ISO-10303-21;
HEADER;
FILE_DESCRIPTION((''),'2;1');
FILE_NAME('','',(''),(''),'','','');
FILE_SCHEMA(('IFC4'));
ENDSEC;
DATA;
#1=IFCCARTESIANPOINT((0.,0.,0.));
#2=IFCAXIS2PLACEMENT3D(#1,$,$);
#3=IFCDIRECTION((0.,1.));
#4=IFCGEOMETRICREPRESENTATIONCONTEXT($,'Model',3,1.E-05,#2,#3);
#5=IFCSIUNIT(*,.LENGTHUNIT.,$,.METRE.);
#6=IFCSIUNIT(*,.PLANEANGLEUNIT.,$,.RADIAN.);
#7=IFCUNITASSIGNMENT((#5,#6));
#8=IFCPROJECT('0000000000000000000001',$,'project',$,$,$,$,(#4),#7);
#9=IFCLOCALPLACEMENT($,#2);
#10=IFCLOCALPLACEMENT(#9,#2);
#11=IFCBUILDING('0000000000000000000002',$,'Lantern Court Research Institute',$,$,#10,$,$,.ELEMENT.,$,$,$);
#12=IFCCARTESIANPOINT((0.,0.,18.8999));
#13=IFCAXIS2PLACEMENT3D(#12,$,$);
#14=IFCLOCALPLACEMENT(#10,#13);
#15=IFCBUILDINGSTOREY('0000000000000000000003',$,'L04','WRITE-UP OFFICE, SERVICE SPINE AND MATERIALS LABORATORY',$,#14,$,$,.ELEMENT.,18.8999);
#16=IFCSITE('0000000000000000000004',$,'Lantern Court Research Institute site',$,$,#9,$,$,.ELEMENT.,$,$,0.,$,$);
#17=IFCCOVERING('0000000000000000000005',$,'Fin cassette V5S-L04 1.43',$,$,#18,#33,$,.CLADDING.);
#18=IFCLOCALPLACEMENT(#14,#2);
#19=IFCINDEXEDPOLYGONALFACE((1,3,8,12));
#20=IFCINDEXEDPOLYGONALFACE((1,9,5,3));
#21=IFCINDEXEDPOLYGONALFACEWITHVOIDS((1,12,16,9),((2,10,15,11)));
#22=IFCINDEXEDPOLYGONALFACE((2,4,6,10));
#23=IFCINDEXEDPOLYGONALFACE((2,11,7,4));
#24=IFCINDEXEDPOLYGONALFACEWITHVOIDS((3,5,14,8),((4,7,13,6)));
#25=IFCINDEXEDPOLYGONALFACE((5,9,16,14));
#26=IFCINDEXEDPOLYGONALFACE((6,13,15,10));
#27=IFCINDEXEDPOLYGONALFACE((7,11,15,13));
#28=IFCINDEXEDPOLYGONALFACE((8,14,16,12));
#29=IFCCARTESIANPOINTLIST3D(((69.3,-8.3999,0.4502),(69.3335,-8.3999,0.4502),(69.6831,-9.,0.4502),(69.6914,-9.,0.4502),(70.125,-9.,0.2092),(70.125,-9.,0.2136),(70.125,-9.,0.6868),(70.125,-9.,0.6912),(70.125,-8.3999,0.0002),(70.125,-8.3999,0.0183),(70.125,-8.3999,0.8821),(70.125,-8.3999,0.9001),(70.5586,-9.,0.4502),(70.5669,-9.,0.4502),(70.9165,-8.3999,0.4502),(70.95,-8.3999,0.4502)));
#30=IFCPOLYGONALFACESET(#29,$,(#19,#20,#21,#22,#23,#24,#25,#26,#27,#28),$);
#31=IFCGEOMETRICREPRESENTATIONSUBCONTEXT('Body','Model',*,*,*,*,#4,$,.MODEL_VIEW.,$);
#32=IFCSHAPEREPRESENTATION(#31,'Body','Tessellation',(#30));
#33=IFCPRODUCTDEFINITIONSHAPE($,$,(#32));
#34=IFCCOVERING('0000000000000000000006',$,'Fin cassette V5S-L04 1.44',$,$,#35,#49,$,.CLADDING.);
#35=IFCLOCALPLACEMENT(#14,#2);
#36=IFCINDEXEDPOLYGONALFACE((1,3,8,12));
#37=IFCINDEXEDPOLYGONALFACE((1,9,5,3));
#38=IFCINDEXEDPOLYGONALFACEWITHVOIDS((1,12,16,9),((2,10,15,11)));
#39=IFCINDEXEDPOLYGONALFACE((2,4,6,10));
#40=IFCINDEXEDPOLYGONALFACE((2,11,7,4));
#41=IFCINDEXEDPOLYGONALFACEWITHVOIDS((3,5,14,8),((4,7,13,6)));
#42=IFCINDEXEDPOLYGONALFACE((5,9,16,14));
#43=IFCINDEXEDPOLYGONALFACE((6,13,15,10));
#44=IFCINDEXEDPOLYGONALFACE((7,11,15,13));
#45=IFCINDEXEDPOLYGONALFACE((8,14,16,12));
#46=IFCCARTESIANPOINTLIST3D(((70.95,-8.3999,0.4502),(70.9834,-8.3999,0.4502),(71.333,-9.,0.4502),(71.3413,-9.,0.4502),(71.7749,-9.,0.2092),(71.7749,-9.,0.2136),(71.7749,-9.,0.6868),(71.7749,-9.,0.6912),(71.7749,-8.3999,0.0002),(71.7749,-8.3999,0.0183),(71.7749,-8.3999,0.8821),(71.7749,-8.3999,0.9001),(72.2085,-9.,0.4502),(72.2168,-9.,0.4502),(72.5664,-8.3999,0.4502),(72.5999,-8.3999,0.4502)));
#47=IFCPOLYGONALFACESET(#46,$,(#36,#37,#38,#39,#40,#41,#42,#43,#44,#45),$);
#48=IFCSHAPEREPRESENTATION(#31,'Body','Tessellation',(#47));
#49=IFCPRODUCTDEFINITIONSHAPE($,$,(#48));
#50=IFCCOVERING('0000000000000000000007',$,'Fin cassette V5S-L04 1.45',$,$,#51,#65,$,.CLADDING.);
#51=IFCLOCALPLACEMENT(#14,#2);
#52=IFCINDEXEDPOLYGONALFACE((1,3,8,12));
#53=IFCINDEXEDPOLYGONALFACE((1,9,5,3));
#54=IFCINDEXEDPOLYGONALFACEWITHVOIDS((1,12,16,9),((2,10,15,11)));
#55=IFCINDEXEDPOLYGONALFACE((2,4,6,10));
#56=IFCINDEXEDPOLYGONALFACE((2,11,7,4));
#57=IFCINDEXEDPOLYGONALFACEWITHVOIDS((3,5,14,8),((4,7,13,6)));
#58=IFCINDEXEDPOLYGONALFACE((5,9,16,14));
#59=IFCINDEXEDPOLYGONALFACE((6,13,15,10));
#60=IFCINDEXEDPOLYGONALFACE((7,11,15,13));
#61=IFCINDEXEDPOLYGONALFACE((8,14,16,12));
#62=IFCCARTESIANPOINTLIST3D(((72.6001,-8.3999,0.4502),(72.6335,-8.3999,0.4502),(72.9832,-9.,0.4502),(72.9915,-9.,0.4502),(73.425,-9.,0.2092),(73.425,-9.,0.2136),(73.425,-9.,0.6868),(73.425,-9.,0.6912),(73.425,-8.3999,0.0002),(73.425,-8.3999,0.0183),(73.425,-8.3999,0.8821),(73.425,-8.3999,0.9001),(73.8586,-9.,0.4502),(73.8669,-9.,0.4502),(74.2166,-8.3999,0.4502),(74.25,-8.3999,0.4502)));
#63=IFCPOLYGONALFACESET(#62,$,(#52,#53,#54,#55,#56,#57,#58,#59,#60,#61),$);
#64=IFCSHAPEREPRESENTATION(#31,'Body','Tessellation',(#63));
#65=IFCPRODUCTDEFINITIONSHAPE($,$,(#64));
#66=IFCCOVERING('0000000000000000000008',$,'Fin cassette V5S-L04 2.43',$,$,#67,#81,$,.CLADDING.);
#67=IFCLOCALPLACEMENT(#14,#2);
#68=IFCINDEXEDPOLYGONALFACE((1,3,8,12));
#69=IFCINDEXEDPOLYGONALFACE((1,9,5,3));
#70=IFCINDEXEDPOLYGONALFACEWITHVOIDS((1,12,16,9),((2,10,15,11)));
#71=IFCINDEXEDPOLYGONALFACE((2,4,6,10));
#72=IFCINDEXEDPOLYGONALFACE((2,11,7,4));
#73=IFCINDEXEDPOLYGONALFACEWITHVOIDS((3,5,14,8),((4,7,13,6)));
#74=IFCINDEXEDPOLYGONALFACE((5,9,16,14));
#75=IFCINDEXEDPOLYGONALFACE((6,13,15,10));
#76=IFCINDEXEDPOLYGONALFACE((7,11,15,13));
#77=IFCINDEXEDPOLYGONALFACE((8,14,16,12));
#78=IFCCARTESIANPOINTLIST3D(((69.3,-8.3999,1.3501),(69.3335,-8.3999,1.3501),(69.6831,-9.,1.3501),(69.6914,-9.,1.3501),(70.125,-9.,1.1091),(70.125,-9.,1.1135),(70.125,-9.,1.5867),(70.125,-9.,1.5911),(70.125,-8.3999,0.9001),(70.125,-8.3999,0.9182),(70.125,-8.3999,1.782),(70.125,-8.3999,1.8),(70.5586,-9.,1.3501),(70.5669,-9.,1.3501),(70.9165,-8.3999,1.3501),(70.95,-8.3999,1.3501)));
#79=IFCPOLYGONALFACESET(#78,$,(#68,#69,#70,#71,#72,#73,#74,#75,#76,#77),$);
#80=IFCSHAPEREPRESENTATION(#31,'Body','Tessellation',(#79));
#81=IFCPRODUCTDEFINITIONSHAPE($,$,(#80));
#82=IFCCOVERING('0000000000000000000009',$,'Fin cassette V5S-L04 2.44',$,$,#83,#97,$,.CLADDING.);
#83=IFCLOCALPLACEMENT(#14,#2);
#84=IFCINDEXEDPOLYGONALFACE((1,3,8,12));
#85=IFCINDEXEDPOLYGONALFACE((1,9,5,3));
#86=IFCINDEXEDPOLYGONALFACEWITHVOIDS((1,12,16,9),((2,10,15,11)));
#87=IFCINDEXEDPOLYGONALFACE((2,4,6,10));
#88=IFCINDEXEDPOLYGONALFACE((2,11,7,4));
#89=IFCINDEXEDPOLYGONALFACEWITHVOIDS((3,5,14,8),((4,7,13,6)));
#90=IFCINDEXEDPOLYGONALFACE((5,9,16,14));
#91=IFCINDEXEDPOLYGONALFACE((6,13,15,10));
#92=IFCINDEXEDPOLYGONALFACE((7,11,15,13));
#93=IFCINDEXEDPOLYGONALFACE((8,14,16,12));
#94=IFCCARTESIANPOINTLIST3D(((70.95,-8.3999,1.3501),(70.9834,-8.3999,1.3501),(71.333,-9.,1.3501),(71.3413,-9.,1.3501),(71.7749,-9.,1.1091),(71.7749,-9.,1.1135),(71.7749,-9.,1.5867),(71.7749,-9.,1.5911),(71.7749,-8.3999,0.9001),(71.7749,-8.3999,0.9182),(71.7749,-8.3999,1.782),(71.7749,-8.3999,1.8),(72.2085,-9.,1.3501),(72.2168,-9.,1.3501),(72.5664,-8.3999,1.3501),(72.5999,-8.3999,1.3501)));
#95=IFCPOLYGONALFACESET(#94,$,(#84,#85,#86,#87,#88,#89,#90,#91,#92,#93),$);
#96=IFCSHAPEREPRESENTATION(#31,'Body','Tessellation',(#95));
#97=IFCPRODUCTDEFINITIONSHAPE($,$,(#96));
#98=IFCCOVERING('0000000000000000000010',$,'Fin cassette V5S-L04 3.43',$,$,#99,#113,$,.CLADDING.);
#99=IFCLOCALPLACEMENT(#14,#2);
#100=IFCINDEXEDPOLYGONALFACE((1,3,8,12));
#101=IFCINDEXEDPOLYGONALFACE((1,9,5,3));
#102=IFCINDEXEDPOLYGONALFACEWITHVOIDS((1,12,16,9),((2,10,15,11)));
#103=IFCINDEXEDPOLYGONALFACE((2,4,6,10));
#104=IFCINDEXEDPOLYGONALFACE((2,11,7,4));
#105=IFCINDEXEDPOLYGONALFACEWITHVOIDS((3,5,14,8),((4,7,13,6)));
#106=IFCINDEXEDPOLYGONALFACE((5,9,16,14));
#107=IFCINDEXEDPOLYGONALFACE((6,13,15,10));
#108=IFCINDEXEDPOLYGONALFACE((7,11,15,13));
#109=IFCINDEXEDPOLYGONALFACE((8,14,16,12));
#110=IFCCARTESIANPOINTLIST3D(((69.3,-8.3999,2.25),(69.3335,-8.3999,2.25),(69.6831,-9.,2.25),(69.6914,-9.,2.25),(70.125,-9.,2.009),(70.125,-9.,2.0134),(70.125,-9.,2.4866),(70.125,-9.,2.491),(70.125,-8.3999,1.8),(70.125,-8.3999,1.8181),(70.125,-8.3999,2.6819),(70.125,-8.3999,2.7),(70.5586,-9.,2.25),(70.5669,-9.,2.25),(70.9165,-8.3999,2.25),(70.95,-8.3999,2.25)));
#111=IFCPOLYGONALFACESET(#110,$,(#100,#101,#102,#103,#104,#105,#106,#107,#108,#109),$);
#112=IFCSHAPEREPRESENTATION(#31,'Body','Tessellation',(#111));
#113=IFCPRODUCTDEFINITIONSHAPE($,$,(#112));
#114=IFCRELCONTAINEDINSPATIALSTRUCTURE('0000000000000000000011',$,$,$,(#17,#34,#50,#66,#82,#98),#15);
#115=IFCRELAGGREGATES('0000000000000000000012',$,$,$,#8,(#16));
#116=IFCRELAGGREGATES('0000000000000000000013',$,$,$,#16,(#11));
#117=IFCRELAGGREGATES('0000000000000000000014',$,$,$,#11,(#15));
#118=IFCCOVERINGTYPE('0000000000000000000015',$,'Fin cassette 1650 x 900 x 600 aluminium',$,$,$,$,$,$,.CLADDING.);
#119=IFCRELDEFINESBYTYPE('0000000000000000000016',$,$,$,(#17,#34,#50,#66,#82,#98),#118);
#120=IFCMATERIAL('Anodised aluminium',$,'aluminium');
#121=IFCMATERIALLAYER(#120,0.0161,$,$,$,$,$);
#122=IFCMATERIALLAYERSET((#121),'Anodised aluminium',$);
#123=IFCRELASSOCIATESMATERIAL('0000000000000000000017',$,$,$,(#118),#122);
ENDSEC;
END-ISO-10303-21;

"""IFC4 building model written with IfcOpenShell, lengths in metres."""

from ifc_helpers import new_model, entity, si_unit, direction, frame, origin, place, context, subcontext, project, spatial, material, layer, layer_set, type_object, element, save


model = new_model("IFC4")

# Units and contexts
model_context = context("Model", 3, precision=1e-05, world=origin(), true_north=direction((0.0, 1.0)))
body_context = subcontext(model_context, "Body", "Model", "MODEL_VIEW")
ifc_project = project(units=[si_unit("LENGTHUNIT", "METRE"), si_unit("PLANEANGLEUNIT", "RADIAN")], contexts=[model_context])

# Site, building, storey
site_placement = place(None, origin())
site = spatial("IfcSite", under=ifc_project, at=site_placement, Name="Lantern Court Research Institute site", CompositionType="ELEMENT", RefElevation=0.0)
building_placement = place(site_placement, origin())
building = spatial("IfcBuilding", under=site, at=building_placement, Name="Lantern Court Research Institute", CompositionType="ELEMENT")
storey_placement = place(building_placement, frame((0.0, 0.0, 18.8999)))
storey = spatial("IfcBuildingStorey", under=building, at=storey_placement, Name="L04", Description="WRITE-UP OFFICE, SERVICE SPINE AND MATERIALS LABORATORY", CompositionType="ELEMENT", Elevation=18.8999)

# Coverings
ifc_material_1 = material(Name="Anodised aluminium", Category="aluminium")
ifc_layer_1 = layer(ifc_material_1, 0.0161)
ifc_layer_set_1 = layer_set([ifc_layer_1], Name="Anodised aluminium")
covering_type = type_object("IfcCoveringType", Name="Fin cassette 1650 x 900 x 600 aluminium", PredefinedType="CLADDING", material=ifc_layer_set_1)
covering_1_placement = place(storey_placement, frame((70.125, -8.3999, 0.4502), z_axis=(0.0, -1.0, 0.0), x_axis=(1.0, 0.0, 0.0)))
cartesian_point_1 = entity("IfcCartesianPoint", [0.825, 0.0])
cartesian_point_2 = entity("IfcCartesianPoint", [0.7915, 0.0])
cartesian_point_3 = entity("IfcCartesianPoint", [0.4419, 0.0])
cartesian_point_4 = entity("IfcCartesianPoint", [0.4336, 0.0])
element("IfcCovering", 1, at=covering_1_placement, inside=storey, type_object=covering_type, Name="Fin cassette V5S-L04 1.43", PredefinedType="CLADDING", context=body_context, shape_type="SweptSolid", body=[
    entity("IfcExtrudedAreaSolidTapered", entity("IfcArbitraryProfileDefWithVoids", "AREA", None, entity("IfcPolyline", [cartesian_point_1, entity("IfcCartesianPoint", [0.0, 0.45]), entity("IfcCartesianPoint", [-0.825, 0.0]), entity("IfcCartesianPoint", [0.0, -0.45]), cartesian_point_1]), [entity("IfcPolyline", [cartesian_point_2, entity("IfcCartesianPoint", [0.0, 0.4319]), entity("IfcCartesianPoint", [-0.7915, 0.0]), entity("IfcCartesianPoint", [0.0, -0.4319]), cartesian_point_2])]), entity("IfcAxis2Placement3D", entity("IfcCartesianPoint", [0.0, 0.0, 0.0])), entity("IfcDirection", [0.0, 0.0, 1.0]), 0.6001, entity("IfcArbitraryProfileDefWithVoids", "AREA", None, entity("IfcPolyline", [cartesian_point_3, entity("IfcCartesianPoint", [0.0, 0.241]), entity("IfcCartesianPoint", [-0.4419, 0.0]), entity("IfcCartesianPoint", [0.0, -0.241]), cartesian_point_3]), [entity("IfcPolyline", [cartesian_point_4, entity("IfcCartesianPoint", [0.0, 0.2366]), entity("IfcCartesianPoint", [-0.4336, 0.0]), entity("IfcCartesianPoint", [0.0, -0.2366]), cartesian_point_4])])),
])
covering_2_placement = place(storey_placement, frame((71.7749, -8.3999, 0.4502), z_axis=(0.0, -1.0, 0.0), x_axis=(1.0, 0.0, 0.0)))
cartesian_point_5 = entity("IfcCartesianPoint", [0.825, 0.0])
cartesian_point_6 = entity("IfcCartesianPoint", [0.7915, 0.0])
cartesian_point_7 = entity("IfcCartesianPoint", [0.4419, 0.0])
cartesian_point_8 = entity("IfcCartesianPoint", [0.4336, 0.0])
element("IfcCovering", 2, at=covering_2_placement, inside=storey, type_object=covering_type, Name="Fin cassette V5S-L04 1.44", PredefinedType="CLADDING", context=body_context, shape_type="SweptSolid", body=[
    entity("IfcExtrudedAreaSolidTapered", entity("IfcArbitraryProfileDefWithVoids", "AREA", None, entity("IfcPolyline", [cartesian_point_5, entity("IfcCartesianPoint", [0.0, 0.45]), entity("IfcCartesianPoint", [-0.825, 0.0]), entity("IfcCartesianPoint", [0.0, -0.45]), cartesian_point_5]), [entity("IfcPolyline", [cartesian_point_6, entity("IfcCartesianPoint", [0.0, 0.4319]), entity("IfcCartesianPoint", [-0.7915, 0.0]), entity("IfcCartesianPoint", [0.0, -0.4319]), cartesian_point_6])]), entity("IfcAxis2Placement3D", entity("IfcCartesianPoint", [0.0, 0.0, 0.0])), entity("IfcDirection", [0.0, 0.0, 1.0]), 0.6001, entity("IfcArbitraryProfileDefWithVoids", "AREA", None, entity("IfcPolyline", [cartesian_point_7, entity("IfcCartesianPoint", [0.0, 0.241]), entity("IfcCartesianPoint", [-0.4419, 0.0]), entity("IfcCartesianPoint", [0.0, -0.241]), cartesian_point_7]), [entity("IfcPolyline", [cartesian_point_8, entity("IfcCartesianPoint", [0.0, 0.2366]), entity("IfcCartesianPoint", [-0.4336, 0.0]), entity("IfcCartesianPoint", [0.0, -0.2366]), cartesian_point_8])])),
])
covering_3_placement = place(storey_placement, frame((73.425, -8.3999, 0.4502), z_axis=(0.0, -1.0, 0.0), x_axis=(1.0, 0.0, 0.0)))
cartesian_point_9 = entity("IfcCartesianPoint", [0.825, 0.0])
cartesian_point_10 = entity("IfcCartesianPoint", [0.7915, 0.0])
cartesian_point_11 = entity("IfcCartesianPoint", [0.4419, 0.0])
cartesian_point_12 = entity("IfcCartesianPoint", [0.4336, 0.0])
element("IfcCovering", 3, at=covering_3_placement, inside=storey, type_object=covering_type, Name="Fin cassette V5S-L04 1.45", PredefinedType="CLADDING", context=body_context, shape_type="SweptSolid", body=[
    entity("IfcExtrudedAreaSolidTapered", entity("IfcArbitraryProfileDefWithVoids", "AREA", None, entity("IfcPolyline", [cartesian_point_9, entity("IfcCartesianPoint", [0.0, 0.45]), entity("IfcCartesianPoint", [-0.825, 0.0]), entity("IfcCartesianPoint", [0.0, -0.45]), cartesian_point_9]), [entity("IfcPolyline", [cartesian_point_10, entity("IfcCartesianPoint", [0.0, 0.4319]), entity("IfcCartesianPoint", [-0.7915, 0.0]), entity("IfcCartesianPoint", [0.0, -0.4319]), cartesian_point_10])]), entity("IfcAxis2Placement3D", entity("IfcCartesianPoint", [0.0, 0.0, 0.0])), entity("IfcDirection", [0.0, 0.0, 1.0]), 0.6001, entity("IfcArbitraryProfileDefWithVoids", "AREA", None, entity("IfcPolyline", [cartesian_point_11, entity("IfcCartesianPoint", [0.0, 0.241]), entity("IfcCartesianPoint", [-0.4419, 0.0]), entity("IfcCartesianPoint", [0.0, -0.241]), cartesian_point_11]), [entity("IfcPolyline", [cartesian_point_12, entity("IfcCartesianPoint", [0.0, 0.2366]), entity("IfcCartesianPoint", [-0.4336, 0.0]), entity("IfcCartesianPoint", [0.0, -0.2366]), cartesian_point_12])])),
])
covering_4_placement = place(storey_placement, frame((70.125, -8.3999, 1.3501), z_axis=(0.0, -1.0, 0.0), x_axis=(1.0, 0.0, 0.0)))
cartesian_point_13 = entity("IfcCartesianPoint", [0.825, 0.0])
cartesian_point_14 = entity("IfcCartesianPoint", [0.7915, 0.0])
cartesian_point_15 = entity("IfcCartesianPoint", [0.4419, 0.0])
cartesian_point_16 = entity("IfcCartesianPoint", [0.4336, 0.0])
element("IfcCovering", 4, at=covering_4_placement, inside=storey, type_object=covering_type, Name="Fin cassette V5S-L04 2.43", PredefinedType="CLADDING", context=body_context, shape_type="SweptSolid", body=[
    entity("IfcExtrudedAreaSolidTapered", entity("IfcArbitraryProfileDefWithVoids", "AREA", None, entity("IfcPolyline", [cartesian_point_13, entity("IfcCartesianPoint", [0.0, 0.45]), entity("IfcCartesianPoint", [-0.825, 0.0]), entity("IfcCartesianPoint", [0.0, -0.45]), cartesian_point_13]), [entity("IfcPolyline", [cartesian_point_14, entity("IfcCartesianPoint", [0.0, 0.4319]), entity("IfcCartesianPoint", [-0.7915, 0.0]), entity("IfcCartesianPoint", [0.0, -0.4319]), cartesian_point_14])]), entity("IfcAxis2Placement3D", entity("IfcCartesianPoint", [0.0, 0.0, 0.0])), entity("IfcDirection", [0.0, 0.0, 1.0]), 0.6001, entity("IfcArbitraryProfileDefWithVoids", "AREA", None, entity("IfcPolyline", [cartesian_point_15, entity("IfcCartesianPoint", [0.0, 0.241]), entity("IfcCartesianPoint", [-0.4419, 0.0]), entity("IfcCartesianPoint", [0.0, -0.241]), cartesian_point_15]), [entity("IfcPolyline", [cartesian_point_16, entity("IfcCartesianPoint", [0.0, 0.2366]), entity("IfcCartesianPoint", [-0.4336, 0.0]), entity("IfcCartesianPoint", [0.0, -0.2366]), cartesian_point_16])])),
])
covering_5_placement = place(storey_placement, frame((71.7749, -8.3999, 1.3501), z_axis=(0.0, -1.0, 0.0), x_axis=(1.0, 0.0, 0.0)))
cartesian_point_17 = entity("IfcCartesianPoint", [0.825, 0.0])
cartesian_point_18 = entity("IfcCartesianPoint", [0.7915, 0.0])
cartesian_point_19 = entity("IfcCartesianPoint", [0.4419, 0.0])
cartesian_point_20 = entity("IfcCartesianPoint", [0.4336, 0.0])
element("IfcCovering", 5, at=covering_5_placement, inside=storey, type_object=covering_type, Name="Fin cassette V5S-L04 2.44", PredefinedType="CLADDING", context=body_context, shape_type="SweptSolid", body=[
    entity("IfcExtrudedAreaSolidTapered", entity("IfcArbitraryProfileDefWithVoids", "AREA", None, entity("IfcPolyline", [cartesian_point_17, entity("IfcCartesianPoint", [0.0, 0.45]), entity("IfcCartesianPoint", [-0.825, 0.0]), entity("IfcCartesianPoint", [0.0, -0.45]), cartesian_point_17]), [entity("IfcPolyline", [cartesian_point_18, entity("IfcCartesianPoint", [0.0, 0.4319]), entity("IfcCartesianPoint", [-0.7915, 0.0]), entity("IfcCartesianPoint", [0.0, -0.4319]), cartesian_point_18])]), entity("IfcAxis2Placement3D", entity("IfcCartesianPoint", [0.0, 0.0, 0.0])), entity("IfcDirection", [0.0, 0.0, 1.0]), 0.6001, entity("IfcArbitraryProfileDefWithVoids", "AREA", None, entity("IfcPolyline", [cartesian_point_19, entity("IfcCartesianPoint", [0.0, 0.241]), entity("IfcCartesianPoint", [-0.4419, 0.0]), entity("IfcCartesianPoint", [0.0, -0.241]), cartesian_point_19]), [entity("IfcPolyline", [cartesian_point_20, entity("IfcCartesianPoint", [0.0, 0.2366]), entity("IfcCartesianPoint", [-0.4336, 0.0]), entity("IfcCartesianPoint", [0.0, -0.2366]), cartesian_point_20])])),
])
covering_6_placement = place(storey_placement, frame((70.125, -8.3999, 2.25), z_axis=(0.0, -1.0, 0.0), x_axis=(1.0, 0.0, 0.0)))
cartesian_point_21 = entity("IfcCartesianPoint", [0.825, 0.0])
cartesian_point_22 = entity("IfcCartesianPoint", [0.7915, 0.0])
cartesian_point_23 = entity("IfcCartesianPoint", [0.4419, 0.0])
cartesian_point_24 = entity("IfcCartesianPoint", [0.4336, 0.0])
element("IfcCovering", 6, at=covering_6_placement, inside=storey, type_object=covering_type, Name="Fin cassette V5S-L04 3.43", PredefinedType="CLADDING", context=body_context, shape_type="SweptSolid", body=[
    entity("IfcExtrudedAreaSolidTapered", entity("IfcArbitraryProfileDefWithVoids", "AREA", None, entity("IfcPolyline", [cartesian_point_21, entity("IfcCartesianPoint", [0.0, 0.45]), entity("IfcCartesianPoint", [-0.825, 0.0]), entity("IfcCartesianPoint", [0.0, -0.45]), cartesian_point_21]), [entity("IfcPolyline", [cartesian_point_22, entity("IfcCartesianPoint", [0.0, 0.4319]), entity("IfcCartesianPoint", [-0.7915, 0.0]), entity("IfcCartesianPoint", [0.0, -0.4319]), cartesian_point_22])]), entity("IfcAxis2Placement3D", entity("IfcCartesianPoint", [0.0, 0.0, 0.0])), entity("IfcDirection", [0.0, 0.0, 1.0]), 0.6001, entity("IfcArbitraryProfileDefWithVoids", "AREA", None, entity("IfcPolyline", [cartesian_point_23, entity("IfcCartesianPoint", [0.0, 0.241]), entity("IfcCartesianPoint", [-0.4419, 0.0]), entity("IfcCartesianPoint", [0.0, -0.241]), cartesian_point_23]), [entity("IfcPolyline", [cartesian_point_24, entity("IfcCartesianPoint", [0.0, 0.2366]), entity("IfcCartesianPoint", [-0.4336, 0.0]), entity("IfcCartesianPoint", [0.0, -0.2366]), cartesian_point_24])])),
])

save(model, "model.ifc")
